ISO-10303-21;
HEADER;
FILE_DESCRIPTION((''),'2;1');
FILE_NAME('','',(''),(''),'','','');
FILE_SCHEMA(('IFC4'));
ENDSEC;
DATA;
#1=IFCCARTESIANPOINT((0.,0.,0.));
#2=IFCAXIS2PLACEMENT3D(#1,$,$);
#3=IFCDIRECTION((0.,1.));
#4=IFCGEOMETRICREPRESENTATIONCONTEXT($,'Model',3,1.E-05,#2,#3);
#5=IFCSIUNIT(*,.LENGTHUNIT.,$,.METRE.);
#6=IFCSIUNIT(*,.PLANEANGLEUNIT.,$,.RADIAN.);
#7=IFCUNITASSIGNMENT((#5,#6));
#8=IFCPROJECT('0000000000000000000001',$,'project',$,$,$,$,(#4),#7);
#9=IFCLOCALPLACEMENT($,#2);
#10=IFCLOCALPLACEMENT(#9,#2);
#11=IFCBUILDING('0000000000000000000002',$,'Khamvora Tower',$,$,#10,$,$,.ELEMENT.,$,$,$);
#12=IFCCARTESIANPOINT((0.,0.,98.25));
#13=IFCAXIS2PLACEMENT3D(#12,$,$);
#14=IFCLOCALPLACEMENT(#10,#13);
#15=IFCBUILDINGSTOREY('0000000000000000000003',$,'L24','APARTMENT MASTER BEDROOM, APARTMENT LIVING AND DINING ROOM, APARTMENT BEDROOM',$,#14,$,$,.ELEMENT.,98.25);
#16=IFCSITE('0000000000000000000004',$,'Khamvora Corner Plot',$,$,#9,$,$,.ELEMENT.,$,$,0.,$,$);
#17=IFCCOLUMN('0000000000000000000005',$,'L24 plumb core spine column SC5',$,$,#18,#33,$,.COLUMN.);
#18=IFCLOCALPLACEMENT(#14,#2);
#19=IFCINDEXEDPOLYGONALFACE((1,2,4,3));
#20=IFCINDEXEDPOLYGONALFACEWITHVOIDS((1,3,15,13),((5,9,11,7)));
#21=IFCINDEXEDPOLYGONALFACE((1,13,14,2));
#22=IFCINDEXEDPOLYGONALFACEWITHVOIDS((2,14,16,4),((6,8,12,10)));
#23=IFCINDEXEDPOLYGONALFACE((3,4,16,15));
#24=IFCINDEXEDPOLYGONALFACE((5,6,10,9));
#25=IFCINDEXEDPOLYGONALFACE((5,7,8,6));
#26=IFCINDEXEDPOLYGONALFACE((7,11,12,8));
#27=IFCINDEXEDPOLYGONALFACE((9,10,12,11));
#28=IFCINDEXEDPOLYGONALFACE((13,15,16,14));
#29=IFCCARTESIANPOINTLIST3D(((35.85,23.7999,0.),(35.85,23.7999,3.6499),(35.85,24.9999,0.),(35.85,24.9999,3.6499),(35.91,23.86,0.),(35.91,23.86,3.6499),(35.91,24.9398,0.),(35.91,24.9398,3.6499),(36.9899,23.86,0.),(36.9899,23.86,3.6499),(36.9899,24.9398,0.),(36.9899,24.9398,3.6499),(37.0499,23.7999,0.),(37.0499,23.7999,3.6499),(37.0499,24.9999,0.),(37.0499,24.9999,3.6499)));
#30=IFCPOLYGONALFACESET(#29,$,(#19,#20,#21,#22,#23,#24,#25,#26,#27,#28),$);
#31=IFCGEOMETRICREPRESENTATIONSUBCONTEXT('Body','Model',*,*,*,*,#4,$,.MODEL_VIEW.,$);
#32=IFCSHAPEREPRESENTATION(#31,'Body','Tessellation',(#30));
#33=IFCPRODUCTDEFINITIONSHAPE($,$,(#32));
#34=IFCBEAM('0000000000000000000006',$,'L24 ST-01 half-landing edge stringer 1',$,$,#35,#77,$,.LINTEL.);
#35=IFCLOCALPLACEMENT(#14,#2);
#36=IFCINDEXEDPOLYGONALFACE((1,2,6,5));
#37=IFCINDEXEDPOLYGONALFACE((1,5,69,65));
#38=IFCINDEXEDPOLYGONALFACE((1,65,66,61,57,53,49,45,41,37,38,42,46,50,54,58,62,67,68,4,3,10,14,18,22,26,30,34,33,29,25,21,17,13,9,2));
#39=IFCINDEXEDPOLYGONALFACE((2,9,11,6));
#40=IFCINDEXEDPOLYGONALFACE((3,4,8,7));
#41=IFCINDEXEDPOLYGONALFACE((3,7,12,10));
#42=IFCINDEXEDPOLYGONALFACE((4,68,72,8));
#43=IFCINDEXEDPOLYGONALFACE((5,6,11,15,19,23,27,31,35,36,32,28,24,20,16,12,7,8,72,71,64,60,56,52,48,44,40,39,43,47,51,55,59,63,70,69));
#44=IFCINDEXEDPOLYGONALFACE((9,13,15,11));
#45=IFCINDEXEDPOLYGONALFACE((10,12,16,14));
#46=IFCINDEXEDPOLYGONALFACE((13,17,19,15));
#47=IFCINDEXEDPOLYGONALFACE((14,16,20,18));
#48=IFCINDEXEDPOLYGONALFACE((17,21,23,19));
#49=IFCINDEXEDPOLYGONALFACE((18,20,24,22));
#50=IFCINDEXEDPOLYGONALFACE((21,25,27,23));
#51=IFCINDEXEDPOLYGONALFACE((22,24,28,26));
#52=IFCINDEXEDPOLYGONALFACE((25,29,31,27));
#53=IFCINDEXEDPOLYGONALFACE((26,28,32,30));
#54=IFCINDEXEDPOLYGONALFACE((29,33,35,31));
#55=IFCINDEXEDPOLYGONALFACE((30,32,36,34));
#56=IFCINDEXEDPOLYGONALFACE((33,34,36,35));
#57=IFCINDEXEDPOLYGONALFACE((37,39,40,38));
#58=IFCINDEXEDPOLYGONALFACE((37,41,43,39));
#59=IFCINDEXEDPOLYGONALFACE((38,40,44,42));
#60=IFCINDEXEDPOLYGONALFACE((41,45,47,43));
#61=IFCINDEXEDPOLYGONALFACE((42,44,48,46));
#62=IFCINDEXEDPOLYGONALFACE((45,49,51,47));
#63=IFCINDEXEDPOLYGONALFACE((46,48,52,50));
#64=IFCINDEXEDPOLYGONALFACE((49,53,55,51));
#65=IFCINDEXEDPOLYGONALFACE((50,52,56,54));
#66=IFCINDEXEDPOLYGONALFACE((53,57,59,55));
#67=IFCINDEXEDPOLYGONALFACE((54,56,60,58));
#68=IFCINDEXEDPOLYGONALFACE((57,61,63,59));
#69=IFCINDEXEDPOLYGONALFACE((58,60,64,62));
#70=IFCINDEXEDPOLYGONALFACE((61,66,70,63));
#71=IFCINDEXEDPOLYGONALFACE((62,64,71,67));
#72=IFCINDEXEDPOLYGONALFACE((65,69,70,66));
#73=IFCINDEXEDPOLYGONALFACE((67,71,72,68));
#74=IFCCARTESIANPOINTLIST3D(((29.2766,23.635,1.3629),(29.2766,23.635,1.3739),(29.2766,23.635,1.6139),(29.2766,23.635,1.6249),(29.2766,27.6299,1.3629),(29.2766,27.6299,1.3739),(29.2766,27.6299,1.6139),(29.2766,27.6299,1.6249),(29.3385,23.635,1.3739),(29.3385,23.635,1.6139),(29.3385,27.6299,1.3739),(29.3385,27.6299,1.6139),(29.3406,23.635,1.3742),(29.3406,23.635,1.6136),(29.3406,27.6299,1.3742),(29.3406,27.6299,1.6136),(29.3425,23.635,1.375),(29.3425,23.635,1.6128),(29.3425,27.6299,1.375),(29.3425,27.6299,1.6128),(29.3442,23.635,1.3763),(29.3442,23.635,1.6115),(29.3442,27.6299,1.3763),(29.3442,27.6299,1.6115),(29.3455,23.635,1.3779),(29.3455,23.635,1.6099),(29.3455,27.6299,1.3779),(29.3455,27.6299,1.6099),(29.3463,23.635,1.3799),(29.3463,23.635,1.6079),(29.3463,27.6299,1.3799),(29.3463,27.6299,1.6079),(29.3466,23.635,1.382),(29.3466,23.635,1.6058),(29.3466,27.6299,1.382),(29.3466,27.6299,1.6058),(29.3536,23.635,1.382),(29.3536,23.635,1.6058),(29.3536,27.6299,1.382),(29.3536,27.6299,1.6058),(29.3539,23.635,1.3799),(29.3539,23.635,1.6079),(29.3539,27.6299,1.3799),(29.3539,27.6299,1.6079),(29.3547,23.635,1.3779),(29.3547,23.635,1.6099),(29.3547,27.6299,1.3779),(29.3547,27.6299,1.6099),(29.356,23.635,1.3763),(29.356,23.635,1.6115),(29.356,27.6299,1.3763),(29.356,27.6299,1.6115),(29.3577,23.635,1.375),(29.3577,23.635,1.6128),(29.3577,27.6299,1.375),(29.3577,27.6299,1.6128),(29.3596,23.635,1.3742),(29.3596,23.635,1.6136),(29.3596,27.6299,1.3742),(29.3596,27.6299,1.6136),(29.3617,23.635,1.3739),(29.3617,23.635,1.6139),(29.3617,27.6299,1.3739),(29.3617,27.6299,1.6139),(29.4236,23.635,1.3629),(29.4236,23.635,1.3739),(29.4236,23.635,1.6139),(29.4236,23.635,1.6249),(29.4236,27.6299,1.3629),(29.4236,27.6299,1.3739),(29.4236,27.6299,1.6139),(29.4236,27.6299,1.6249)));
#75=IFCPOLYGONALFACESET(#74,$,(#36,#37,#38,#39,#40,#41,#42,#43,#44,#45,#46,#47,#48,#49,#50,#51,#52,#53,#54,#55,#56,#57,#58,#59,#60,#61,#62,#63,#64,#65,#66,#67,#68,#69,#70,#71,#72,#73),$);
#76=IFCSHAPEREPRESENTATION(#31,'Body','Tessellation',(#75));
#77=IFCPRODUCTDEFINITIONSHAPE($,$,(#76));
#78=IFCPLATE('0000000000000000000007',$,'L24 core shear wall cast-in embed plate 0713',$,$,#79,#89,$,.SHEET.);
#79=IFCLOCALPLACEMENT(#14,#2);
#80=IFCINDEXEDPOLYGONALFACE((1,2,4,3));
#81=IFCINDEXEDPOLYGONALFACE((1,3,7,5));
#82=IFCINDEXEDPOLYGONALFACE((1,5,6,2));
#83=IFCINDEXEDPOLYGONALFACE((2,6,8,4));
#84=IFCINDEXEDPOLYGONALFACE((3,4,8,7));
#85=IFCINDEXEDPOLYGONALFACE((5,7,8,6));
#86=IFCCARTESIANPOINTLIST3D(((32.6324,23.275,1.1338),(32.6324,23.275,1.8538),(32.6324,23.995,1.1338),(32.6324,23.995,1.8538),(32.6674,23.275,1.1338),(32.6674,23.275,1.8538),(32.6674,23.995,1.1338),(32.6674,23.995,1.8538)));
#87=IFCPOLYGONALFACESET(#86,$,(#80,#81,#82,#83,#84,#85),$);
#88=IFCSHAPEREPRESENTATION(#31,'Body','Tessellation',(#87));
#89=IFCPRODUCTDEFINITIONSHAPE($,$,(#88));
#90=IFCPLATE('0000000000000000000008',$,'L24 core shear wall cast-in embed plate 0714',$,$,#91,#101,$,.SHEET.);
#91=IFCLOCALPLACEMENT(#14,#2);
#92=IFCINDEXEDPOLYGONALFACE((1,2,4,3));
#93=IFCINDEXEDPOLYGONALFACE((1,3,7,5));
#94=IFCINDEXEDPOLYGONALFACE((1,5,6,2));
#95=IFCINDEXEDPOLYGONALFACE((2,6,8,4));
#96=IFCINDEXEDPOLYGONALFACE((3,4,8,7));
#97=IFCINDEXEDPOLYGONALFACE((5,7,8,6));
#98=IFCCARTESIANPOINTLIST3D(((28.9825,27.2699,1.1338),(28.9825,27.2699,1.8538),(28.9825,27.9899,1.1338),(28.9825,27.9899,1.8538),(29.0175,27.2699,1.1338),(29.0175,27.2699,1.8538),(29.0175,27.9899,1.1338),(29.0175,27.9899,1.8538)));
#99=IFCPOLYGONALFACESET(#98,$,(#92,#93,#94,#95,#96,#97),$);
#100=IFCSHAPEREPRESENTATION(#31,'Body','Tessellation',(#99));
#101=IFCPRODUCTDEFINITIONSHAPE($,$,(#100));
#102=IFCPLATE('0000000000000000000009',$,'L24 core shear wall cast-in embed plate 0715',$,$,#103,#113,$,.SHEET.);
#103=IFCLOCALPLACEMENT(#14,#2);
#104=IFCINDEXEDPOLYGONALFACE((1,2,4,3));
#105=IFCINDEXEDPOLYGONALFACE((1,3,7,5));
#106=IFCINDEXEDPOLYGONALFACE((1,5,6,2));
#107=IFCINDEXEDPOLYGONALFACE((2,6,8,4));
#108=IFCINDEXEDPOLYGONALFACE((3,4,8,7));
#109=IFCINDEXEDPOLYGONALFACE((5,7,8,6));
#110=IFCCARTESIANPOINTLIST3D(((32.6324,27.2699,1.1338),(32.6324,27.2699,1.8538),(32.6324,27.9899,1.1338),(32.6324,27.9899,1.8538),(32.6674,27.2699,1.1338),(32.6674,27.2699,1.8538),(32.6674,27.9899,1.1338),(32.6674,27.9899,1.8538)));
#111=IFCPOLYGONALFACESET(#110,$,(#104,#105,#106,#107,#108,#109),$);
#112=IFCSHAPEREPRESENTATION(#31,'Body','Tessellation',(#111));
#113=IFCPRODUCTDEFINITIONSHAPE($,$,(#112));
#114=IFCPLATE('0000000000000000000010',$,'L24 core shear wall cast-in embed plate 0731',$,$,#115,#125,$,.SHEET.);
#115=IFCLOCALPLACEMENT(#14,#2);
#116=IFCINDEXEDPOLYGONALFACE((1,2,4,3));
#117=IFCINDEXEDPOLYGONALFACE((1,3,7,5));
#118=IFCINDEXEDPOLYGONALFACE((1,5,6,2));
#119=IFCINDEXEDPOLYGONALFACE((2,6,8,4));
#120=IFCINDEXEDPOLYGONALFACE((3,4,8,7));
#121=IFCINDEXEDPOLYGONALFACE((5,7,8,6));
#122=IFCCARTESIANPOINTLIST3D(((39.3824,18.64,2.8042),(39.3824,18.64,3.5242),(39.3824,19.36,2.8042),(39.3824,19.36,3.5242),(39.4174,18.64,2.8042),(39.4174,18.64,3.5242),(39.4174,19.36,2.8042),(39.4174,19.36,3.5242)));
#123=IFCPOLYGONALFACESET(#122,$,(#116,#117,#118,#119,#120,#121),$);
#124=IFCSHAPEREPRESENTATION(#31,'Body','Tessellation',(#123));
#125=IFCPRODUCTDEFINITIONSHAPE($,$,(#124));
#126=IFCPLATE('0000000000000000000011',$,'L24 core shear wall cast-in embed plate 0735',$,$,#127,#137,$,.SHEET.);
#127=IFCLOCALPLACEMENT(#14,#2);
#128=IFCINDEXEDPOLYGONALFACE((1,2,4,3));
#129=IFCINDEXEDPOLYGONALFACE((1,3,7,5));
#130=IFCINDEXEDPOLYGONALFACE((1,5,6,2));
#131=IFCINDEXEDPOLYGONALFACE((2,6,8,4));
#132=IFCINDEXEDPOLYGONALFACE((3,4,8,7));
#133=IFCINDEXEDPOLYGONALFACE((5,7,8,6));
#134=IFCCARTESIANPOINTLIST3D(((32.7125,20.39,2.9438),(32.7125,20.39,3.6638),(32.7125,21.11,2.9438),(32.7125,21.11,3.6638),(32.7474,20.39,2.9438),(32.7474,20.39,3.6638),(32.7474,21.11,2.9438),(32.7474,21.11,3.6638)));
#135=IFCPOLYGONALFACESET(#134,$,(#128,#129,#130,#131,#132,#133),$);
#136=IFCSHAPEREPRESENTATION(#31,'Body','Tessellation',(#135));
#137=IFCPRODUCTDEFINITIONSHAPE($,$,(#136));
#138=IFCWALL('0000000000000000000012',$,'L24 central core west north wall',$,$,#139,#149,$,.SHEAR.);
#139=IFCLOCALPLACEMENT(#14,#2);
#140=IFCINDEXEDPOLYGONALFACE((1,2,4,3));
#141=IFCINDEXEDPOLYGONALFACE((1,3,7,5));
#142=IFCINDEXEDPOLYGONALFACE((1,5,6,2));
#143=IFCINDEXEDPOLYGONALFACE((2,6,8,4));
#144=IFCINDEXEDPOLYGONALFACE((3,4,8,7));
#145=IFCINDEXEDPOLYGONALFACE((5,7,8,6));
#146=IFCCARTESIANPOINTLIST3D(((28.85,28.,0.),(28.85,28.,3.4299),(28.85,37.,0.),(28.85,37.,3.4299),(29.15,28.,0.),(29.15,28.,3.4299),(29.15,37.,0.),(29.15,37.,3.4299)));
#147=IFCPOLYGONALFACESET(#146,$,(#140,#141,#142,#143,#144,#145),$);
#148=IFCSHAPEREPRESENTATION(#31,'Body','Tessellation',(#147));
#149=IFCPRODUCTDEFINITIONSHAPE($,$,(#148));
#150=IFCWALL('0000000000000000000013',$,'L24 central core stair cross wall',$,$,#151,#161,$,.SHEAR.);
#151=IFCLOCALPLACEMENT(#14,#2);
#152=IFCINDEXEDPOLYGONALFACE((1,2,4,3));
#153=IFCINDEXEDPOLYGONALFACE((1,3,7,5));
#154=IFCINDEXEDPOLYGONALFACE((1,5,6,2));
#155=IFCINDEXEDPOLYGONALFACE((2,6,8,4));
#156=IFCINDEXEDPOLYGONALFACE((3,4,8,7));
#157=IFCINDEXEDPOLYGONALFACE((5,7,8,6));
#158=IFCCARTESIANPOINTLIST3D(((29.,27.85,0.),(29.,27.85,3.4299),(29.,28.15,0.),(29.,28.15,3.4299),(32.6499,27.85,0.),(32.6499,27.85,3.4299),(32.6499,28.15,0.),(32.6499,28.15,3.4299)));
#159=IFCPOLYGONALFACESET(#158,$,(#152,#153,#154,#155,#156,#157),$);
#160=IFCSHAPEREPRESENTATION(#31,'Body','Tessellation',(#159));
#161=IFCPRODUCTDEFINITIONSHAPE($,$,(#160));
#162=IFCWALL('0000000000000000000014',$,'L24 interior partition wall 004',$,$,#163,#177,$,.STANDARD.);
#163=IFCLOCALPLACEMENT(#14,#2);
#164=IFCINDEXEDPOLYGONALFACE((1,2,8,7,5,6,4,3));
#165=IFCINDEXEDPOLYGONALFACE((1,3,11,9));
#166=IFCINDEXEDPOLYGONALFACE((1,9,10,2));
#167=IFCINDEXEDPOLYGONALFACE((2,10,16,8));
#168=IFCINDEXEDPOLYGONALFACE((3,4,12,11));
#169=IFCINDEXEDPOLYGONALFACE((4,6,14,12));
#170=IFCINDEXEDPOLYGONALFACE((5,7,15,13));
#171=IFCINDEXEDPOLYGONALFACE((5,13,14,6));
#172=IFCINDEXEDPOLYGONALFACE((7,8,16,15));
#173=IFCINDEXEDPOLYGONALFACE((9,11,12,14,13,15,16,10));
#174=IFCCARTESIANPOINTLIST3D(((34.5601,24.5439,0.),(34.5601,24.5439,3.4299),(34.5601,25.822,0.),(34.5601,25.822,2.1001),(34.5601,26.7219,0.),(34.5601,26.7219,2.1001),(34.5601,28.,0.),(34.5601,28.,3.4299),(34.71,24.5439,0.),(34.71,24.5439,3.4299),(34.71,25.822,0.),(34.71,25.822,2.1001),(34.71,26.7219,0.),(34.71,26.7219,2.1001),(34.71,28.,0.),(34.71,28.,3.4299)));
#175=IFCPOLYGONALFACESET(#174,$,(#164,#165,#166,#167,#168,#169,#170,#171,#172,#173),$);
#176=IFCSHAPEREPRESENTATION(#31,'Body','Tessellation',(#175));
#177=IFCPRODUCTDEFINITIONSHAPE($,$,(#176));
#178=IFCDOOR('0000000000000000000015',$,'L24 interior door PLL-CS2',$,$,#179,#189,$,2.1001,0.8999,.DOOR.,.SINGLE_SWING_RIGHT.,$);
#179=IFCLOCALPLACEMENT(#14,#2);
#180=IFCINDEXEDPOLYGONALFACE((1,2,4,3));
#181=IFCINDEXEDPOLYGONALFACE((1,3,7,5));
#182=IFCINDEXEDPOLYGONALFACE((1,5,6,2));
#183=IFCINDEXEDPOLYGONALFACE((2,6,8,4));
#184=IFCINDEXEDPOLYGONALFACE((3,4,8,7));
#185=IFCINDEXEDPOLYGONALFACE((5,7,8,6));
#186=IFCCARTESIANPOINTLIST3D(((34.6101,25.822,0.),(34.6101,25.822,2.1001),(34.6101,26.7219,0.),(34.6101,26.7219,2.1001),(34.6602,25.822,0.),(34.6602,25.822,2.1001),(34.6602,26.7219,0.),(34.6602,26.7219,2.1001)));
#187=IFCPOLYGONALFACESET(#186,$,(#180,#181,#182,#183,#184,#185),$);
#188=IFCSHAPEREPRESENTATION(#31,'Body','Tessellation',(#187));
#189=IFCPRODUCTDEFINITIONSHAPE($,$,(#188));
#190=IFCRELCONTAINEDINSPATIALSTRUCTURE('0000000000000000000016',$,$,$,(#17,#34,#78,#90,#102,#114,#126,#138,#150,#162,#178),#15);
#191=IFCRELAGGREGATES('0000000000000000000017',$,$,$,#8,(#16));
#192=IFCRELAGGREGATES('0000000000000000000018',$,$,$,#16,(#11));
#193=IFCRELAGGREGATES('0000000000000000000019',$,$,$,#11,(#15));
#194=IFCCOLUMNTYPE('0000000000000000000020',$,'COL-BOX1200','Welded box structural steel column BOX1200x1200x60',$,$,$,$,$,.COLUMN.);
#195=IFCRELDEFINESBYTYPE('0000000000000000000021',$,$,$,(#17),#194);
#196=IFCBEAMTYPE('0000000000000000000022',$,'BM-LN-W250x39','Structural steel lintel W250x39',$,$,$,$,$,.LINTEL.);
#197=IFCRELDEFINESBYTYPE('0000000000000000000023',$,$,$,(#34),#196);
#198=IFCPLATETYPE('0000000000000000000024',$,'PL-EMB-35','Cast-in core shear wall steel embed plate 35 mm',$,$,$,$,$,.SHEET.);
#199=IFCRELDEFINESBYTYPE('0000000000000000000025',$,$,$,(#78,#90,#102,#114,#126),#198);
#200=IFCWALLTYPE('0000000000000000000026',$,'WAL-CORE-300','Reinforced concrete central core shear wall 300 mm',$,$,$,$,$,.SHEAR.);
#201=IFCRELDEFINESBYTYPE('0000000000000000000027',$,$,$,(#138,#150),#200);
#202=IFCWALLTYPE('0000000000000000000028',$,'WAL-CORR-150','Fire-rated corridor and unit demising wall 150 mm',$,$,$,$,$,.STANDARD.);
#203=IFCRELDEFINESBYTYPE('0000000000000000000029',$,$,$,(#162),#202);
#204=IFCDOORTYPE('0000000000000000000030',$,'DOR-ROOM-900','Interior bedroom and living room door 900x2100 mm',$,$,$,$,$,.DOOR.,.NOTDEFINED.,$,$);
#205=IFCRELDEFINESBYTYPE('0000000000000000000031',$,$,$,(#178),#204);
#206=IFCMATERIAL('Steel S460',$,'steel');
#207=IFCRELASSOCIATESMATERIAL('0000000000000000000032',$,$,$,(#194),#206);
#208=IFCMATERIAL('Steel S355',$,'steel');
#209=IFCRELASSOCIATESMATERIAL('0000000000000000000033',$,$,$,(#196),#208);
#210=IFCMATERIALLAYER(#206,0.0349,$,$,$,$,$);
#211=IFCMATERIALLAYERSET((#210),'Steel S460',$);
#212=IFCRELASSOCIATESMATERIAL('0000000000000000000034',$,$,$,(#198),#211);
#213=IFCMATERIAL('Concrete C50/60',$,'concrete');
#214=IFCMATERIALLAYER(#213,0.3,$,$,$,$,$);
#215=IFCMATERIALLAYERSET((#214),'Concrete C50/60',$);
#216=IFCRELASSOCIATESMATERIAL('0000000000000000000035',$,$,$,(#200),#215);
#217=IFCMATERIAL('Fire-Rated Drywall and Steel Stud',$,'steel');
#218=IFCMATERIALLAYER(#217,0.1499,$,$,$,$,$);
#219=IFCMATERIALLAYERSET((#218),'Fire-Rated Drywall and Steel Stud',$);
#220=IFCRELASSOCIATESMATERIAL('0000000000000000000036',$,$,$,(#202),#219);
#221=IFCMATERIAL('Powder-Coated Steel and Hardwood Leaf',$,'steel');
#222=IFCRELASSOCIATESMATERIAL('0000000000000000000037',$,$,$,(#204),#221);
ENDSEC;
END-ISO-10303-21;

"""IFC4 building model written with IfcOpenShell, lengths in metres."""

from ifc_helpers import new_model, si_unit, direction, frame, frame_2d, origin, origin_2d, place, context, subcontext, project, spatial, rectangle, hollow_rectangle, i_section, extrude, material, layer, layer_set, material_profile, profile_set, type_object, element, fill, save


model = new_model("IFC4")

# Units and contexts
model_context = context("Model", 3, precision=1e-05, world=origin(), true_north=direction((0.0, 1.0)))
body_context = subcontext(model_context, "Body", "Model", "MODEL_VIEW")
ifc_project = project(units=[si_unit("LENGTHUNIT", "METRE"), si_unit("PLANEANGLEUNIT", "RADIAN")], contexts=[model_context])

# Site, building, storey
site_placement = place(None, origin())
site = spatial("IfcSite", under=ifc_project, at=site_placement, Name="Khamvora Corner Plot", CompositionType="ELEMENT", RefElevation=0.0)
building_placement = place(site_placement, origin())
building = spatial("IfcBuilding", under=site, at=building_placement, Name="Khamvora Tower", CompositionType="ELEMENT")
storey_placement = place(building_placement, frame((0.0, 0.0, 98.25)))
storey = spatial("IfcBuildingStorey", under=building, at=storey_placement, Name="L24", Description="APARTMENT MASTER BEDROOM, APARTMENT LIVING AND DINING ROOM, APARTMENT BEDROOM", CompositionType="ELEMENT", Elevation=98.25)

# Column
ifc_material_1 = material(Name="Steel S460", Category="steel")
ifc_material_profile_1 = material_profile(ifc_material_1, hollow_rectangle(XDim=1.2, YDim=1.2, WallThickness=0.0601, at=origin_2d()), Name="BOX1200x1200x60")
ifc_profile_set_1 = profile_set([ifc_material_profile_1], Name="Steel S460")
column_type = type_object("IfcColumnType", Name="COL-BOX1200", Description="Welded box structural steel column BOX1200x1200x60", PredefinedType="COLUMN", material=ifc_profile_set_1)
column_placement = place(storey_placement, frame((36.45, 24.3999, 0.0), z_axis=(0.0, 0.0, 1.0), x_axis=(1.0, 0.0, 0.0)))
element("IfcColumn", 1, at=column_placement, inside=storey, type_object=column_type, Name="L24 plumb core spine column SC5", PredefinedType="COLUMN", context=body_context, shape_type="SweptSolid", body=[
    extrude(hollow_rectangle(XDim=1.2, YDim=1.2, WallThickness=0.0601, at=origin_2d()), origin(), (0.0, 0.0, 1.0), 3.6499),
])

# Beam
ifc_material_2 = material(Name="Steel S355", Category="steel")
ifc_material_profile_2 = material_profile(ifc_material_2, i_section(OverallWidth=0.147, OverallDepth=0.262, WebThickness=0.0071, FlangeThickness=0.011, FilletRadius=0.0081, at=origin_2d()), Name="W250x39")
ifc_profile_set_2 = profile_set([ifc_material_profile_2], Name="Steel S355")
beam_type = type_object("IfcBeamType", Name="BM-LN-W250x39", Description="Structural steel lintel W250x39", PredefinedType="LINTEL", material=ifc_profile_set_2)
beam_placement = place(storey_placement, frame((29.3501, 23.635, 1.4939), z_axis=(0.0, 1.0, 0.0), x_axis=(-1.0, 0.0, 0.0)))
element("IfcBeam", 2, at=beam_placement, inside=storey, type_object=beam_type, Name="L24 ST-01 half-landing edge stringer 1", PredefinedType="LINTEL", context=body_context, shape_type="SweptSolid", body=[
    extrude(i_section(OverallWidth=0.147, OverallDepth=0.262, WebThickness=0.0071, FlangeThickness=0.011, FilletRadius=0.0081, at=origin_2d()), origin(), (0.0, 0.0, 1.0), 3.9949),
])

# Plates
ifc_layer_1 = layer(ifc_material_1, 0.0349)
ifc_layer_set_1 = layer_set([ifc_layer_1], Name="Steel S460")
plate_type = type_object("IfcPlateType", Name="PL-EMB-35", Description="Cast-in core shear wall steel embed plate 35 mm", PredefinedType="SHEET", material=ifc_layer_set_1)
for number, where, z_axis, x_axis, name in (
    (3, (32.6499, 23.635, 1.1338), (0.0, 0.0, 1.0), (1.0, 0.0, 0.0), "L24 core shear wall cast-in embed plate 0713"),
    (4, (29.0, 27.6299, 1.1338), (0.0, 0.0, 1.0), (1.0, 0.0, 0.0), "L24 core shear wall cast-in embed plate 0714"),
    (5, (32.6499, 27.6299, 1.1338), (0.0, 0.0, 1.0), (1.0, 0.0, 0.0), "L24 core shear wall cast-in embed plate 0715"),
    (6, (39.3999, 19.0, 2.8042), (0.0, 0.0, 1.0), (1.0, 0.0, 0.0), "L24 core shear wall cast-in embed plate 0731"),
    (7, (32.73, 20.75, 2.9438), (0.0, 0.0, 1.0), (1.0, 0.0, 0.0), "L24 core shear wall cast-in embed plate 0735"),
):
    element("IfcPlate", number, at=place(storey_placement, frame(where, z_axis=z_axis, x_axis=x_axis)), inside=storey, type_object=plate_type, Name=name, PredefinedType="SHEET", context=body_context, shape_type="SweptSolid", body=[
        extrude(rectangle(XDim=0.0349, YDim=0.72, at=origin_2d()), origin(), (0.0, 0.0, 1.0), 0.72),
    ])

# Walls
ifc_material_3 = material(Name="Concrete C50/60", Category="concrete")
ifc_layer_2 = layer(ifc_material_3, 0.3)
ifc_layer_set_2 = layer_set([ifc_layer_2], Name="Concrete C50/60")
wall_type_1 = type_object("IfcWallType", Name="WAL-CORE-300", Description="Reinforced concrete central core shear wall 300 mm", PredefinedType="SHEAR", material=ifc_layer_set_2)
wall_1_placement = place(storey_placement, frame((29.0, 28.0, 0.0), z_axis=(0.0, 0.0, 1.0), x_axis=(0.0, 1.0, 0.0)))
element("IfcWall", 8, at=wall_1_placement, inside=storey, type_object=wall_type_1, Name="L24 central core west north wall", PredefinedType="SHEAR", context=body_context, shape_type="SweptSolid", body=[
    extrude(rectangle(XDim=9.0, YDim=0.3, at=frame_2d((4.5, 0.0))), origin(), (0.0, 0.0, 1.0), 3.4299),
])
wall_2_placement = place(storey_placement, frame((29.0, 28.0, 0.0), z_axis=(0.0, 0.0, 1.0), x_axis=(1.0, 0.0, 0.0)))
element("IfcWall", 9, at=wall_2_placement, inside=storey, type_object=wall_type_1, Name="L24 central core stair cross wall", PredefinedType="SHEAR", context=body_context, shape_type="SweptSolid", body=[
    extrude(rectangle(XDim=3.6499, YDim=0.3, at=frame_2d((1.825, 0.0))), origin(), (0.0, 0.0, 1.0), 3.4299),
])

# Shared definitions
ifc_material_4 = material(Name="Powder-Coated Steel and Hardwood Leaf", Category="steel")

# Wall, opening, door
ifc_material_5 = material(Name="Fire-Rated Drywall and Steel Stud", Category="steel")
ifc_layer_3 = layer(ifc_material_5, 0.1499)
ifc_layer_set_3 = layer_set([ifc_layer_3], Name="Fire-Rated Drywall and Steel Stud")
wall_type_2 = type_object("IfcWallType", Name="WAL-CORR-150", Description="Fire-rated corridor and unit demising wall 150 mm", PredefinedType="STANDARD", material=ifc_layer_set_3)
wall_3_placement = place(storey_placement, frame((34.635, 24.5439, 0.0), z_axis=(0.0, 0.0, 1.0), x_axis=(0.0, 1.0, 0.0)))
wall_3 = element("IfcWall", 10, at=wall_3_placement, inside=storey, type_object=wall_type_2, Name="L24 interior partition wall 004", PredefinedType="STANDARD", context=body_context, shape_type="SweptSolid", body=[
    extrude(rectangle(XDim=3.4561, YDim=0.1499, at=frame_2d((1.728, 0.0))), origin(), (0.0, 0.0, 1.0), 3.4299),
])
opening_1_placement = place(wall_3_placement, frame((1.2781, 0.0, 0.0)))
opening_1 = element("IfcOpeningElement", 11, at=opening_1_placement, cuts=wall_3, PredefinedType="OPENING", context=body_context, shape_type="SweptSolid", body=[
    extrude(rectangle(XDim=0.8999, YDim=2.1001, at=frame_2d((0.45, 1.05))), frame((0.0, 0.085, 0.0), z_axis=(0.0, -1.0, 0.0), x_axis=(1.0, 0.0, 0.0)), (0.0, 0.0, 1.0), 0.1699),
])
door_type_1 = type_object("IfcDoorType", Name="DOR-ROOM-900", Description="Interior bedroom and living room door 900x2100 mm", OperationType="NOTDEFINED", PredefinedType="DOOR", material=ifc_material_4)
door_1_placement = place(opening_1_placement, origin())
door_1 = element("IfcDoor", 12, at=door_1_placement, inside=storey, type_object=door_type_1, Name="L24 interior door PLL-CS2", OperationType="SINGLE_SWING_RIGHT", OverallHeight=2.1001, OverallWidth=0.8999, PredefinedType="DOOR", context=body_context, shape_type="SweptSolid", body=[
    extrude(rectangle(XDim=0.8999, YDim=2.1001, at=frame_2d((0.45, 1.05))), frame((0.0, 0.0249, 0.0), z_axis=(0.0, -1.0, 0.0), x_axis=(1.0, 0.0, 0.0)), (0.0, 0.0, 1.0), 0.05),
])
fill(opening_1, door_1)

save(model, "model.ifc")
